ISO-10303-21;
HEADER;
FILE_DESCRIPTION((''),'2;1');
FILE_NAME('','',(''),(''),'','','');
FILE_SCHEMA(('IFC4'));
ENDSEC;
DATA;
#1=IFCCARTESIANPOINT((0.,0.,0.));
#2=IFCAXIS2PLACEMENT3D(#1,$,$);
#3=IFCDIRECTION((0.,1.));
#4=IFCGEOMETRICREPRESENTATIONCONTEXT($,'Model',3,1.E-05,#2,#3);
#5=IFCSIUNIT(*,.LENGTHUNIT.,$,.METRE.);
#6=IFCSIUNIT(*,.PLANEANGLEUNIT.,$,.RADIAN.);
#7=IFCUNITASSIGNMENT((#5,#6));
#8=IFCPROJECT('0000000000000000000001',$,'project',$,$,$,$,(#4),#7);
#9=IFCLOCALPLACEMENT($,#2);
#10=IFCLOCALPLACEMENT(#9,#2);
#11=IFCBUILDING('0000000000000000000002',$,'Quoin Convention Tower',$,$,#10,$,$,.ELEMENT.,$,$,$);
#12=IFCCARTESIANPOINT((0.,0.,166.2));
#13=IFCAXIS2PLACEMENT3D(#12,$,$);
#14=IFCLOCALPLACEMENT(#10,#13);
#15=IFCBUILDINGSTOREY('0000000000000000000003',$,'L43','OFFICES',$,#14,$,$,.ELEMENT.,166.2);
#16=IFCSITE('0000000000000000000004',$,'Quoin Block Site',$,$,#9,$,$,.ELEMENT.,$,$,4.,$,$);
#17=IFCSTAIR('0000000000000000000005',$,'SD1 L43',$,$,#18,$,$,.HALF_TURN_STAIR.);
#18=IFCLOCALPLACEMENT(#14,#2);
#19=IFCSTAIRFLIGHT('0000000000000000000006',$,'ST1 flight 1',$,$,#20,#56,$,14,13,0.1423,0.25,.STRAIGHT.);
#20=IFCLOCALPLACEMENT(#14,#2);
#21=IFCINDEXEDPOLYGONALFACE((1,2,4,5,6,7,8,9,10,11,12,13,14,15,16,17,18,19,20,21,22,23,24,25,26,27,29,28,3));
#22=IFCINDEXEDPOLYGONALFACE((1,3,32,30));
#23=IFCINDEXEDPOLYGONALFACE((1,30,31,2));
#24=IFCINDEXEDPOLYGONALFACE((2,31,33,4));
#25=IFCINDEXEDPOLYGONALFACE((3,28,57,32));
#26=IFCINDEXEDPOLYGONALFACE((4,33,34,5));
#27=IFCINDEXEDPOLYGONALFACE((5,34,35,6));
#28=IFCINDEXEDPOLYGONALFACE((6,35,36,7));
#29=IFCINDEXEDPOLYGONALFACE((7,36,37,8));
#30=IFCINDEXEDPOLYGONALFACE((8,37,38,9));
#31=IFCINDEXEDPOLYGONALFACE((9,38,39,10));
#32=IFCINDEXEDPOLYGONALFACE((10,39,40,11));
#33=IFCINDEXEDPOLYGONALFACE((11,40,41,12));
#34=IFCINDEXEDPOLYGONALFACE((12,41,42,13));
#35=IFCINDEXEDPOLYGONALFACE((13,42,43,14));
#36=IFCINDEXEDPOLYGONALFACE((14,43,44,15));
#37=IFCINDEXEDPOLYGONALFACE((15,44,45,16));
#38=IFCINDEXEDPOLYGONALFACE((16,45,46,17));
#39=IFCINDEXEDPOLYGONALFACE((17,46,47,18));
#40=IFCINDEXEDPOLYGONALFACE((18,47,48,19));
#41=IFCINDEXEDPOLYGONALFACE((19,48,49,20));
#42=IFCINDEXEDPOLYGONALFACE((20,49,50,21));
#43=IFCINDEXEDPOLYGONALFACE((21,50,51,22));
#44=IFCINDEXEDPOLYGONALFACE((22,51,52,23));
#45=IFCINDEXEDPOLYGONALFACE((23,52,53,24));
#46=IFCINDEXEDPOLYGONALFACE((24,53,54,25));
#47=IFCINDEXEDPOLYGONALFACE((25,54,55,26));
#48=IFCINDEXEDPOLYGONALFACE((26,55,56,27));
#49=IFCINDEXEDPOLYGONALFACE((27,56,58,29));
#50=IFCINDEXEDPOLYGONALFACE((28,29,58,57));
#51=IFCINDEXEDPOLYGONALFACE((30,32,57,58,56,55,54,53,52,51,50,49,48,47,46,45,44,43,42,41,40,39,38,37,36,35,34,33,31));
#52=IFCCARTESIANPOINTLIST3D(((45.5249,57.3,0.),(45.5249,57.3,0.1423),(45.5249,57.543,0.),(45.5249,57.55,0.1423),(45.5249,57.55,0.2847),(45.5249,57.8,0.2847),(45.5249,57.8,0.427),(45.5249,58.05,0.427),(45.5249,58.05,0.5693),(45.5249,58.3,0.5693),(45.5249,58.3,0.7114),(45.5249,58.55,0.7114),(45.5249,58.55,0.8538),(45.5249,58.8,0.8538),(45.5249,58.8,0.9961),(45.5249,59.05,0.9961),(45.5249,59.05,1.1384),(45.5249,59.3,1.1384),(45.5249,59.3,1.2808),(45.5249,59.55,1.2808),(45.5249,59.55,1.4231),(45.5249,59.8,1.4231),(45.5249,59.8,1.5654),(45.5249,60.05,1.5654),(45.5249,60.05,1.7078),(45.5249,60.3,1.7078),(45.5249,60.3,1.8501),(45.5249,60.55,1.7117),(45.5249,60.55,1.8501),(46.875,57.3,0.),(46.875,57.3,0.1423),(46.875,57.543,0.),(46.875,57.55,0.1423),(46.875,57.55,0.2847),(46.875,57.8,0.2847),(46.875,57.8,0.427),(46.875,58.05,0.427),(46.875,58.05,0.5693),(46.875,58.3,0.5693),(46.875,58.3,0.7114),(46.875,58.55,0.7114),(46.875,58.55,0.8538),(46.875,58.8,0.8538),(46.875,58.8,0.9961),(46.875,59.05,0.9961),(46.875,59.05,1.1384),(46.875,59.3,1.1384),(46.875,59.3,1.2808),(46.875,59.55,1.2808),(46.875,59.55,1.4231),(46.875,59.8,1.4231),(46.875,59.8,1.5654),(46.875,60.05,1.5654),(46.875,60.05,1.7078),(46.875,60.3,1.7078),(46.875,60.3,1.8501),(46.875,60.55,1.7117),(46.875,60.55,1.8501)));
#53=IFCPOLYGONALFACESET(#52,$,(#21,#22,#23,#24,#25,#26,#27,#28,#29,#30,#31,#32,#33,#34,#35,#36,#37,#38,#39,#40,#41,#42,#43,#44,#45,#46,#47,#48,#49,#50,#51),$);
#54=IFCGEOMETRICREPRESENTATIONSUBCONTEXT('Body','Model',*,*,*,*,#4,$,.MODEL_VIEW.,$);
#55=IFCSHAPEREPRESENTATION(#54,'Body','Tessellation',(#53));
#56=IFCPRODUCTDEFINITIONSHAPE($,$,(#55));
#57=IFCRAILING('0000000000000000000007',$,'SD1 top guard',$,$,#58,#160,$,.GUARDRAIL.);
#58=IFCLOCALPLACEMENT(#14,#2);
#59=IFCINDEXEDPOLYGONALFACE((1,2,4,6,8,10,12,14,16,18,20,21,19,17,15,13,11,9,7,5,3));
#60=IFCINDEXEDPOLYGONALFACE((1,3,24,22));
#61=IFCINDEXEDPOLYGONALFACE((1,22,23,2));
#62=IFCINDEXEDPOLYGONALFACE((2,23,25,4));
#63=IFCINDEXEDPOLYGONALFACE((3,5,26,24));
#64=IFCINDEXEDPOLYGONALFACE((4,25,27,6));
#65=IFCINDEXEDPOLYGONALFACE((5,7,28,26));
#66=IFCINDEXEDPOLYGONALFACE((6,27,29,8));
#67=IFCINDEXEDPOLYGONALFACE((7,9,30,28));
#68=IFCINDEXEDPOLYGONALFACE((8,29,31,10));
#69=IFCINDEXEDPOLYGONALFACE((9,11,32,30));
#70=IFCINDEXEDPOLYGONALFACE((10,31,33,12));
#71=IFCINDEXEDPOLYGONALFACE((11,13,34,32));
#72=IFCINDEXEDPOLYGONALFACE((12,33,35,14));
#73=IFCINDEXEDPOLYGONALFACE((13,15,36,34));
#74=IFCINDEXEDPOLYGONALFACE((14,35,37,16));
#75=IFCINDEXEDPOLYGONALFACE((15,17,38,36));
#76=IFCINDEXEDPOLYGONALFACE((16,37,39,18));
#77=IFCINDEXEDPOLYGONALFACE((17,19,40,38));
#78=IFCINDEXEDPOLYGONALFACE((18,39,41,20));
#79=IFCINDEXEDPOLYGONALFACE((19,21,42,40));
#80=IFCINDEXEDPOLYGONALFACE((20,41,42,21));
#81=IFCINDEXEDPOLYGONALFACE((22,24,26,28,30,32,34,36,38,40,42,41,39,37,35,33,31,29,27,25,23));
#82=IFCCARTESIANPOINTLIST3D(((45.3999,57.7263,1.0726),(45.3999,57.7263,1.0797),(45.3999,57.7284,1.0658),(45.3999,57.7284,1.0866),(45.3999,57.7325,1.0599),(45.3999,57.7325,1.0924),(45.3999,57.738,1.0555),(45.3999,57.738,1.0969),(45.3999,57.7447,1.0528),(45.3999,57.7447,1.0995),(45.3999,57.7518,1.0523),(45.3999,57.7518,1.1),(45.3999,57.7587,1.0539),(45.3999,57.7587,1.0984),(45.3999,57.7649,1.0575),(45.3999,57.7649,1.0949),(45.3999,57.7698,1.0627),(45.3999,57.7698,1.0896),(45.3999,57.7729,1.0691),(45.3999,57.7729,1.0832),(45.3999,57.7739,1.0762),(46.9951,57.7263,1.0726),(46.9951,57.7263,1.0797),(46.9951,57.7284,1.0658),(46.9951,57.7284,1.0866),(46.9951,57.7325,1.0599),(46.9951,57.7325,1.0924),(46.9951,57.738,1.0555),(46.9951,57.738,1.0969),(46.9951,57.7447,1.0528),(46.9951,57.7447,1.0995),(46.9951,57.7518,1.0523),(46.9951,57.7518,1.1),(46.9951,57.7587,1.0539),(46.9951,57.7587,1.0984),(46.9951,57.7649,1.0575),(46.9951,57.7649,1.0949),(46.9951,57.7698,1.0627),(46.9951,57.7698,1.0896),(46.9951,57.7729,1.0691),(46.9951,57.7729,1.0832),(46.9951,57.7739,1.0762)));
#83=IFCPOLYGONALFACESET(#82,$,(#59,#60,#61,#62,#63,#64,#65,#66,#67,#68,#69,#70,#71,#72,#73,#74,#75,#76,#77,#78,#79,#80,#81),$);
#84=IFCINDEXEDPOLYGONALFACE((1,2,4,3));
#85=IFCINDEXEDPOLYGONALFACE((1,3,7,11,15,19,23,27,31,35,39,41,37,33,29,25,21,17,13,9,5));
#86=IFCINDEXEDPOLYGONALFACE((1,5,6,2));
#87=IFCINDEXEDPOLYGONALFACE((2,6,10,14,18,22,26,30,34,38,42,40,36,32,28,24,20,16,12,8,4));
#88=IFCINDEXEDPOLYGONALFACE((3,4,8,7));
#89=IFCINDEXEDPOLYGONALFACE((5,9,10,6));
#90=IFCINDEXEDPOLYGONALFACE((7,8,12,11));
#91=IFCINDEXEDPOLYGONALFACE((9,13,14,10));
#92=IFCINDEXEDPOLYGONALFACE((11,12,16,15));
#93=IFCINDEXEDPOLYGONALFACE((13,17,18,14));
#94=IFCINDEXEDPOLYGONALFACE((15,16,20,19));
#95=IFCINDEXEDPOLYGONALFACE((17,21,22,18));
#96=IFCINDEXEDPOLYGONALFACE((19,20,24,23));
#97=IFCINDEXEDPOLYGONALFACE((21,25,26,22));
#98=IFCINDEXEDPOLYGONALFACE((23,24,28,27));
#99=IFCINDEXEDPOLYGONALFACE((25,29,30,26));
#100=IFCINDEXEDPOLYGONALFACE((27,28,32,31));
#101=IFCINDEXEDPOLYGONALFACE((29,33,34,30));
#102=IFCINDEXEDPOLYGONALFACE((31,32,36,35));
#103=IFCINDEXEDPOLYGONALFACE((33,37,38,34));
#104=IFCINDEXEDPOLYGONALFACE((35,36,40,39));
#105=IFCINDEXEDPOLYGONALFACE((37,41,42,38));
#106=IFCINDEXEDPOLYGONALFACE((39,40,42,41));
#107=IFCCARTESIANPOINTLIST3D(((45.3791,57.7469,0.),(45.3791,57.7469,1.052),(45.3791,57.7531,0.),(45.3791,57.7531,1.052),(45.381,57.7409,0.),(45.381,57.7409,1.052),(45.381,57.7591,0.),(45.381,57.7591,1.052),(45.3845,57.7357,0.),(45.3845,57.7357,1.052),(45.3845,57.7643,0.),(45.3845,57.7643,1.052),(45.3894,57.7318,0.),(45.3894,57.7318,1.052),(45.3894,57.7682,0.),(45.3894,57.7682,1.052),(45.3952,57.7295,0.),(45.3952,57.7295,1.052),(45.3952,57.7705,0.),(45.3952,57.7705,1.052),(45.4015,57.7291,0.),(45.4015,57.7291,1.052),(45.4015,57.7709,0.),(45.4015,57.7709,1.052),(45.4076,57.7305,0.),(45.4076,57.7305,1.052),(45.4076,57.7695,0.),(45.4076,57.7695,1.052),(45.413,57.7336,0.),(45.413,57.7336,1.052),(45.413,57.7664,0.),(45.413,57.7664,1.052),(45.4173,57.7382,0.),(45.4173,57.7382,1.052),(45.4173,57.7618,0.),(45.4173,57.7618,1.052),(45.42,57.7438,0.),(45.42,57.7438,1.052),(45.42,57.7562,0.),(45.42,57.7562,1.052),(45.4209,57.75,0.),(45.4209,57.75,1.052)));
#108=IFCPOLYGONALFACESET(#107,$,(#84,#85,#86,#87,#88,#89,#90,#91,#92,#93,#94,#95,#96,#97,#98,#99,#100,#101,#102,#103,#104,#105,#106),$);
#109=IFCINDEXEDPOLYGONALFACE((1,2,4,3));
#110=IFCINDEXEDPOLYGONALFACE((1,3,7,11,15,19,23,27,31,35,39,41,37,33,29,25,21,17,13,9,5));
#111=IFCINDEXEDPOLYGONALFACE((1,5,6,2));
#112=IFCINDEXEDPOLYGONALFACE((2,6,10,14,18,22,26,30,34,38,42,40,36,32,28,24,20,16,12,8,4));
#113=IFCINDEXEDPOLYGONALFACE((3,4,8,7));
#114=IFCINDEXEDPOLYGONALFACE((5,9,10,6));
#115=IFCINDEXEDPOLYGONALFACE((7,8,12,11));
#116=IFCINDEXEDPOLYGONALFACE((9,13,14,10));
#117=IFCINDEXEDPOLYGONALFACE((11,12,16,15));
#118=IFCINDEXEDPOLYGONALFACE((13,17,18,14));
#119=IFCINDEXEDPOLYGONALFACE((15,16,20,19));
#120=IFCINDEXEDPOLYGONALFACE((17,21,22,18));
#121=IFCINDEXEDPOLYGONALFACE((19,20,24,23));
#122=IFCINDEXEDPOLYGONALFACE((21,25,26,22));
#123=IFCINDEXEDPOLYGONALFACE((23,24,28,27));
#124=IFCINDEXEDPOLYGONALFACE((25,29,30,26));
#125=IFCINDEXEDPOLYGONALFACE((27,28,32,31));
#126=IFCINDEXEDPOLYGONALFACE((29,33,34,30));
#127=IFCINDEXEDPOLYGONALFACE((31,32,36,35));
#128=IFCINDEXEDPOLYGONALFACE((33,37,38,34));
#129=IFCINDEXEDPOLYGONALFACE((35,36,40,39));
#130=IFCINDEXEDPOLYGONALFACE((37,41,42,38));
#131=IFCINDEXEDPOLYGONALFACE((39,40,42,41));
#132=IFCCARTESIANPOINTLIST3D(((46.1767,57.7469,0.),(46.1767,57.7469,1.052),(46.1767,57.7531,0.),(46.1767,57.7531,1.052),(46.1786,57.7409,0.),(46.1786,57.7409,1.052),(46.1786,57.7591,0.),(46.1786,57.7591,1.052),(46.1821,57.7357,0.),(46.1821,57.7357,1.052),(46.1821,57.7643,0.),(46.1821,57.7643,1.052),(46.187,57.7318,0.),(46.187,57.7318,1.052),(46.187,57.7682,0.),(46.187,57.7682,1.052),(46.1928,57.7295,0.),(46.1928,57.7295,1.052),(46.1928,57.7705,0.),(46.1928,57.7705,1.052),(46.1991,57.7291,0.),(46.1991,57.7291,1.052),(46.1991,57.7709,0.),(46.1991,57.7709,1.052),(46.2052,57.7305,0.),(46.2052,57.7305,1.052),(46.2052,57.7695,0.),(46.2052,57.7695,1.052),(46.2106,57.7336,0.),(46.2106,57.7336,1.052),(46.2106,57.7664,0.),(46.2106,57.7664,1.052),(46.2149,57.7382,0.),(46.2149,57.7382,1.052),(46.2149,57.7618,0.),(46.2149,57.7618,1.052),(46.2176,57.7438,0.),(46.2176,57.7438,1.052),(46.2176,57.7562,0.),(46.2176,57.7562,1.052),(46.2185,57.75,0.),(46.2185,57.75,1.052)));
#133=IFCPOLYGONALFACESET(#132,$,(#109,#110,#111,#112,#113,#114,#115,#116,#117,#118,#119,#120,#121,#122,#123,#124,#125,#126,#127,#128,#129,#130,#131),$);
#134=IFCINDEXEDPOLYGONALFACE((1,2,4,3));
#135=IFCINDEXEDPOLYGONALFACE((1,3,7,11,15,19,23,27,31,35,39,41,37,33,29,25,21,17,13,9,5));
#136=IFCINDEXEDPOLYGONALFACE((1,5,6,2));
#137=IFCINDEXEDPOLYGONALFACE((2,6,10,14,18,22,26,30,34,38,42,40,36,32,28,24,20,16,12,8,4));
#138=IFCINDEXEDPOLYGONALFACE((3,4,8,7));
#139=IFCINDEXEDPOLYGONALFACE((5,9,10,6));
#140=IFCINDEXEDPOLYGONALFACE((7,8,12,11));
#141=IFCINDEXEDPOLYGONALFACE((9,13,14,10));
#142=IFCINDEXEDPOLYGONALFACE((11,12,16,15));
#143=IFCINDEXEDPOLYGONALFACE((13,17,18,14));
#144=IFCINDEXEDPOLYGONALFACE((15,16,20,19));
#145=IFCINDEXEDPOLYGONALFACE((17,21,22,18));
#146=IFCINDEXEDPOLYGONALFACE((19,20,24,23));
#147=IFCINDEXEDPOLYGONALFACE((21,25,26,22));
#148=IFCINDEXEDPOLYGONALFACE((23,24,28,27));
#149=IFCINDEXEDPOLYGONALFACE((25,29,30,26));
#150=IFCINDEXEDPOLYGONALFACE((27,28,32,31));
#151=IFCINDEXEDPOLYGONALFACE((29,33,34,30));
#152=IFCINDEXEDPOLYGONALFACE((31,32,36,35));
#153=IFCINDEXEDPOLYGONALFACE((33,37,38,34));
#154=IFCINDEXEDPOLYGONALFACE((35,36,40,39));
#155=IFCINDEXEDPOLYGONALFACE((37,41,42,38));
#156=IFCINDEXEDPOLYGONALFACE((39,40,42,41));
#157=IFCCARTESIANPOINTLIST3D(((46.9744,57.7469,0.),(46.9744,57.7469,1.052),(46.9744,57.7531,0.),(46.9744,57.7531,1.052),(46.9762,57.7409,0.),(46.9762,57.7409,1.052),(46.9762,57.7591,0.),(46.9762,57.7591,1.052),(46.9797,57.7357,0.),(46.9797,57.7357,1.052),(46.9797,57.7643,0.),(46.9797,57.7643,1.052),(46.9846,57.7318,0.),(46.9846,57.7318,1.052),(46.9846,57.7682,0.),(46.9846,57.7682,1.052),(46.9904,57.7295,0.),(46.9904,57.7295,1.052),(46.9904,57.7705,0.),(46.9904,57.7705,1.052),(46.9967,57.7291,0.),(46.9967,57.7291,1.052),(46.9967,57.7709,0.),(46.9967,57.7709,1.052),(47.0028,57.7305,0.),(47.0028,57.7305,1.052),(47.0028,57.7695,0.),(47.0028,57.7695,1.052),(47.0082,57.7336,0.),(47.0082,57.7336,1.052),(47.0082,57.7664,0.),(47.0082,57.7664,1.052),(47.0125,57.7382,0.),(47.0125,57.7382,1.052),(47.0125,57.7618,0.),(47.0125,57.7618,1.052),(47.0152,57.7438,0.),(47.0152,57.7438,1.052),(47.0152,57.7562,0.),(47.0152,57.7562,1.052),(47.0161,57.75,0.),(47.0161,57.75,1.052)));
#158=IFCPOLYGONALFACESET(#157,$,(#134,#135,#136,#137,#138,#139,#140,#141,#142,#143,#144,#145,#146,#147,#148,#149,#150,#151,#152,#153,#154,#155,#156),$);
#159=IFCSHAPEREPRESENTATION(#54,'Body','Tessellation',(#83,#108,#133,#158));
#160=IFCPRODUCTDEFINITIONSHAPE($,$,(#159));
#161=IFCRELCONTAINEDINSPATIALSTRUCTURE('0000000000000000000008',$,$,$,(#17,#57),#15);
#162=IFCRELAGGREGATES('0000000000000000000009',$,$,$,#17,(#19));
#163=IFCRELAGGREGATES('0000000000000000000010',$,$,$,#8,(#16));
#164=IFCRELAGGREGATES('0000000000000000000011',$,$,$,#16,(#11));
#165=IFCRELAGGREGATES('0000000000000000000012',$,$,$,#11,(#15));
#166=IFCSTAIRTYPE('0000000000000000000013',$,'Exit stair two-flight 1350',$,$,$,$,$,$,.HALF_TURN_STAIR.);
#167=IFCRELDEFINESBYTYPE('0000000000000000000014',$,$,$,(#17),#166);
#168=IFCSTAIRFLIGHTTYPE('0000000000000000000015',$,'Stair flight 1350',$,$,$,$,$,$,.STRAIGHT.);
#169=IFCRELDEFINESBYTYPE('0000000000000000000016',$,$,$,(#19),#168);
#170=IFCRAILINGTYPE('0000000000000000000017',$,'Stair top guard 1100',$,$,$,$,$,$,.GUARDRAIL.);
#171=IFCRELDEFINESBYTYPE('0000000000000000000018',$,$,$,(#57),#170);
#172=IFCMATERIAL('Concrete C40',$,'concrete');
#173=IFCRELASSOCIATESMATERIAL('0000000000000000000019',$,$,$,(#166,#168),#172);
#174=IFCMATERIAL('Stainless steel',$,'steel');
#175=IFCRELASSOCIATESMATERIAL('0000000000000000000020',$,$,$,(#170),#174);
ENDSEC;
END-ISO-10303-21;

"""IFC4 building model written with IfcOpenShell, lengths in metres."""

from ifc_helpers import new_model, si_unit, direction, frame, origin, origin_2d, place, context, subcontext, project, spatial, polyline, circle, outline, extrude, material, type_object, element, aggregate, save


model = new_model("IFC4")

# Units and contexts
model_context = context("Model", 3, precision=1e-05, world=origin(), true_north=direction((0.0, 1.0)))
body_context = subcontext(model_context, "Body", "Model", "MODEL_VIEW")
ifc_project = project(units=[si_unit("LENGTHUNIT", "METRE"), si_unit("PLANEANGLEUNIT", "RADIAN")], contexts=[model_context])

# Site, building, storey
site_placement = place(None, origin())
site = spatial("IfcSite", under=ifc_project, at=site_placement, Name="Quoin Block Site", CompositionType="ELEMENT", RefElevation=4.0)
building_placement = place(site_placement, origin())
building = spatial("IfcBuilding", under=site, at=building_placement, Name="Quoin Convention Tower", CompositionType="ELEMENT")
storey_placement = place(building_placement, frame((0.0, 0.0, 166.2)))
storey = spatial("IfcBuildingStorey", under=building, at=storey_placement, Name="L43", Description="OFFICES", CompositionType="ELEMENT", Elevation=166.2)

# Stair, stair flight
ifc_material_1 = material(Name="Concrete C40", Category="concrete")
stair_type = type_object("IfcStairType", Name="Exit stair two-flight 1350", PredefinedType="HALF_TURN_STAIR", material=ifc_material_1)
stair_placement = place(storey_placement, origin())
stair = element("IfcStair", 1, at=stair_placement, inside=storey, type_object=stair_type, Name="SD1 L43", PredefinedType="HALF_TURN_STAIR")
stair_flight_type = type_object("IfcStairFlightType", Name="Stair flight 1350", PredefinedType="STRAIGHT", material=ifc_material_1)
stair_flight_placement = place(storey_placement, frame((46.2, 57.3, 0.0), z_axis=(0.0, 0.0, 1.0), x_axis=(0.0, 1.0, 0.0)))
stair_flight = element("IfcStairFlight", 2, at=stair_flight_placement, type_object=stair_flight_type, Name="ST1 flight 1", NumberOfRisers=14, NumberOfTreads=13, PredefinedType="STRAIGHT", RiserHeight=0.1423, TreadLength=0.25, context=body_context, shape_type="SweptSolid", body=[
    extrude(outline(polyline([(0.0, 0.0), (0.0, 0.1423), (0.25, 0.1423), (0.25, 0.2847), (0.5, 0.2847), (0.5, 0.427), (0.75, 0.427), (0.75, 0.5693), (1.0, 0.5693), (1.0, 0.7114), (1.25, 0.7114), (1.25, 0.8538), (1.5, 0.8538), (1.5, 0.9961), (1.75, 0.9961), (1.75, 1.1384), (2.0, 1.1384), (2.0, 1.2808), (2.25, 1.2808), (2.25, 1.4231), (2.5, 1.4231), (2.5, 1.5654), (2.75, 1.5654), (2.75, 1.7078), (3.0, 1.7078), (3.0, 1.8501), (3.25, 1.8501), (3.25, 1.9922), (3.25, 1.7117), (0.2429, 0.0), (0.0, 0.0)])), frame((0.0, 0.675, 0.0), z_axis=(0.0, -1.0, 0.0), x_axis=(1.0, 0.0, 0.0)), (0.0, 0.0, 1.0), 1.3501),
])
aggregate(stair, [stair_flight])

# Railing
ifc_material_2 = material(Name="Stainless steel", Category="steel")
railing_type_1 = type_object("IfcRailingType", Name="Stair top guard 1100", PredefinedType="GUARDRAIL", material=ifc_material_2)
railing_1_placement = place(storey_placement, frame((45.3999, 57.75, 0.0)))
element("IfcRailing", 3, at=railing_1_placement, inside=storey, type_object=railing_type_1, Name="SD1 top guard", PredefinedType="GUARDRAIL", context=body_context, shape_type="SweptSolid", body=[
    extrude(circle(Radius=0.0239, at=origin_2d()), frame((0.0, 0.0, 1.0762), z_axis=(1.0, 0.0, 0.0), x_axis=(0.0, 1.0, 0.0)), (0.0, 0.0, 1.0), 1.5952),
    extrude(circle(Radius=0.021, at=origin_2d()), origin(), (0.0, 0.0, 1.0), 1.052),
    extrude(circle(Radius=0.021, at=origin_2d()), frame((0.7976, 0.0, 0.0)), (0.0, 0.0, 1.0), 1.052),
    extrude(circle(Radius=0.021, at=origin_2d()), frame((1.5952, 0.0, 0.0)), (0.0, 0.0, 1.0), 1.052),
])

save(model, "model.ifc")
